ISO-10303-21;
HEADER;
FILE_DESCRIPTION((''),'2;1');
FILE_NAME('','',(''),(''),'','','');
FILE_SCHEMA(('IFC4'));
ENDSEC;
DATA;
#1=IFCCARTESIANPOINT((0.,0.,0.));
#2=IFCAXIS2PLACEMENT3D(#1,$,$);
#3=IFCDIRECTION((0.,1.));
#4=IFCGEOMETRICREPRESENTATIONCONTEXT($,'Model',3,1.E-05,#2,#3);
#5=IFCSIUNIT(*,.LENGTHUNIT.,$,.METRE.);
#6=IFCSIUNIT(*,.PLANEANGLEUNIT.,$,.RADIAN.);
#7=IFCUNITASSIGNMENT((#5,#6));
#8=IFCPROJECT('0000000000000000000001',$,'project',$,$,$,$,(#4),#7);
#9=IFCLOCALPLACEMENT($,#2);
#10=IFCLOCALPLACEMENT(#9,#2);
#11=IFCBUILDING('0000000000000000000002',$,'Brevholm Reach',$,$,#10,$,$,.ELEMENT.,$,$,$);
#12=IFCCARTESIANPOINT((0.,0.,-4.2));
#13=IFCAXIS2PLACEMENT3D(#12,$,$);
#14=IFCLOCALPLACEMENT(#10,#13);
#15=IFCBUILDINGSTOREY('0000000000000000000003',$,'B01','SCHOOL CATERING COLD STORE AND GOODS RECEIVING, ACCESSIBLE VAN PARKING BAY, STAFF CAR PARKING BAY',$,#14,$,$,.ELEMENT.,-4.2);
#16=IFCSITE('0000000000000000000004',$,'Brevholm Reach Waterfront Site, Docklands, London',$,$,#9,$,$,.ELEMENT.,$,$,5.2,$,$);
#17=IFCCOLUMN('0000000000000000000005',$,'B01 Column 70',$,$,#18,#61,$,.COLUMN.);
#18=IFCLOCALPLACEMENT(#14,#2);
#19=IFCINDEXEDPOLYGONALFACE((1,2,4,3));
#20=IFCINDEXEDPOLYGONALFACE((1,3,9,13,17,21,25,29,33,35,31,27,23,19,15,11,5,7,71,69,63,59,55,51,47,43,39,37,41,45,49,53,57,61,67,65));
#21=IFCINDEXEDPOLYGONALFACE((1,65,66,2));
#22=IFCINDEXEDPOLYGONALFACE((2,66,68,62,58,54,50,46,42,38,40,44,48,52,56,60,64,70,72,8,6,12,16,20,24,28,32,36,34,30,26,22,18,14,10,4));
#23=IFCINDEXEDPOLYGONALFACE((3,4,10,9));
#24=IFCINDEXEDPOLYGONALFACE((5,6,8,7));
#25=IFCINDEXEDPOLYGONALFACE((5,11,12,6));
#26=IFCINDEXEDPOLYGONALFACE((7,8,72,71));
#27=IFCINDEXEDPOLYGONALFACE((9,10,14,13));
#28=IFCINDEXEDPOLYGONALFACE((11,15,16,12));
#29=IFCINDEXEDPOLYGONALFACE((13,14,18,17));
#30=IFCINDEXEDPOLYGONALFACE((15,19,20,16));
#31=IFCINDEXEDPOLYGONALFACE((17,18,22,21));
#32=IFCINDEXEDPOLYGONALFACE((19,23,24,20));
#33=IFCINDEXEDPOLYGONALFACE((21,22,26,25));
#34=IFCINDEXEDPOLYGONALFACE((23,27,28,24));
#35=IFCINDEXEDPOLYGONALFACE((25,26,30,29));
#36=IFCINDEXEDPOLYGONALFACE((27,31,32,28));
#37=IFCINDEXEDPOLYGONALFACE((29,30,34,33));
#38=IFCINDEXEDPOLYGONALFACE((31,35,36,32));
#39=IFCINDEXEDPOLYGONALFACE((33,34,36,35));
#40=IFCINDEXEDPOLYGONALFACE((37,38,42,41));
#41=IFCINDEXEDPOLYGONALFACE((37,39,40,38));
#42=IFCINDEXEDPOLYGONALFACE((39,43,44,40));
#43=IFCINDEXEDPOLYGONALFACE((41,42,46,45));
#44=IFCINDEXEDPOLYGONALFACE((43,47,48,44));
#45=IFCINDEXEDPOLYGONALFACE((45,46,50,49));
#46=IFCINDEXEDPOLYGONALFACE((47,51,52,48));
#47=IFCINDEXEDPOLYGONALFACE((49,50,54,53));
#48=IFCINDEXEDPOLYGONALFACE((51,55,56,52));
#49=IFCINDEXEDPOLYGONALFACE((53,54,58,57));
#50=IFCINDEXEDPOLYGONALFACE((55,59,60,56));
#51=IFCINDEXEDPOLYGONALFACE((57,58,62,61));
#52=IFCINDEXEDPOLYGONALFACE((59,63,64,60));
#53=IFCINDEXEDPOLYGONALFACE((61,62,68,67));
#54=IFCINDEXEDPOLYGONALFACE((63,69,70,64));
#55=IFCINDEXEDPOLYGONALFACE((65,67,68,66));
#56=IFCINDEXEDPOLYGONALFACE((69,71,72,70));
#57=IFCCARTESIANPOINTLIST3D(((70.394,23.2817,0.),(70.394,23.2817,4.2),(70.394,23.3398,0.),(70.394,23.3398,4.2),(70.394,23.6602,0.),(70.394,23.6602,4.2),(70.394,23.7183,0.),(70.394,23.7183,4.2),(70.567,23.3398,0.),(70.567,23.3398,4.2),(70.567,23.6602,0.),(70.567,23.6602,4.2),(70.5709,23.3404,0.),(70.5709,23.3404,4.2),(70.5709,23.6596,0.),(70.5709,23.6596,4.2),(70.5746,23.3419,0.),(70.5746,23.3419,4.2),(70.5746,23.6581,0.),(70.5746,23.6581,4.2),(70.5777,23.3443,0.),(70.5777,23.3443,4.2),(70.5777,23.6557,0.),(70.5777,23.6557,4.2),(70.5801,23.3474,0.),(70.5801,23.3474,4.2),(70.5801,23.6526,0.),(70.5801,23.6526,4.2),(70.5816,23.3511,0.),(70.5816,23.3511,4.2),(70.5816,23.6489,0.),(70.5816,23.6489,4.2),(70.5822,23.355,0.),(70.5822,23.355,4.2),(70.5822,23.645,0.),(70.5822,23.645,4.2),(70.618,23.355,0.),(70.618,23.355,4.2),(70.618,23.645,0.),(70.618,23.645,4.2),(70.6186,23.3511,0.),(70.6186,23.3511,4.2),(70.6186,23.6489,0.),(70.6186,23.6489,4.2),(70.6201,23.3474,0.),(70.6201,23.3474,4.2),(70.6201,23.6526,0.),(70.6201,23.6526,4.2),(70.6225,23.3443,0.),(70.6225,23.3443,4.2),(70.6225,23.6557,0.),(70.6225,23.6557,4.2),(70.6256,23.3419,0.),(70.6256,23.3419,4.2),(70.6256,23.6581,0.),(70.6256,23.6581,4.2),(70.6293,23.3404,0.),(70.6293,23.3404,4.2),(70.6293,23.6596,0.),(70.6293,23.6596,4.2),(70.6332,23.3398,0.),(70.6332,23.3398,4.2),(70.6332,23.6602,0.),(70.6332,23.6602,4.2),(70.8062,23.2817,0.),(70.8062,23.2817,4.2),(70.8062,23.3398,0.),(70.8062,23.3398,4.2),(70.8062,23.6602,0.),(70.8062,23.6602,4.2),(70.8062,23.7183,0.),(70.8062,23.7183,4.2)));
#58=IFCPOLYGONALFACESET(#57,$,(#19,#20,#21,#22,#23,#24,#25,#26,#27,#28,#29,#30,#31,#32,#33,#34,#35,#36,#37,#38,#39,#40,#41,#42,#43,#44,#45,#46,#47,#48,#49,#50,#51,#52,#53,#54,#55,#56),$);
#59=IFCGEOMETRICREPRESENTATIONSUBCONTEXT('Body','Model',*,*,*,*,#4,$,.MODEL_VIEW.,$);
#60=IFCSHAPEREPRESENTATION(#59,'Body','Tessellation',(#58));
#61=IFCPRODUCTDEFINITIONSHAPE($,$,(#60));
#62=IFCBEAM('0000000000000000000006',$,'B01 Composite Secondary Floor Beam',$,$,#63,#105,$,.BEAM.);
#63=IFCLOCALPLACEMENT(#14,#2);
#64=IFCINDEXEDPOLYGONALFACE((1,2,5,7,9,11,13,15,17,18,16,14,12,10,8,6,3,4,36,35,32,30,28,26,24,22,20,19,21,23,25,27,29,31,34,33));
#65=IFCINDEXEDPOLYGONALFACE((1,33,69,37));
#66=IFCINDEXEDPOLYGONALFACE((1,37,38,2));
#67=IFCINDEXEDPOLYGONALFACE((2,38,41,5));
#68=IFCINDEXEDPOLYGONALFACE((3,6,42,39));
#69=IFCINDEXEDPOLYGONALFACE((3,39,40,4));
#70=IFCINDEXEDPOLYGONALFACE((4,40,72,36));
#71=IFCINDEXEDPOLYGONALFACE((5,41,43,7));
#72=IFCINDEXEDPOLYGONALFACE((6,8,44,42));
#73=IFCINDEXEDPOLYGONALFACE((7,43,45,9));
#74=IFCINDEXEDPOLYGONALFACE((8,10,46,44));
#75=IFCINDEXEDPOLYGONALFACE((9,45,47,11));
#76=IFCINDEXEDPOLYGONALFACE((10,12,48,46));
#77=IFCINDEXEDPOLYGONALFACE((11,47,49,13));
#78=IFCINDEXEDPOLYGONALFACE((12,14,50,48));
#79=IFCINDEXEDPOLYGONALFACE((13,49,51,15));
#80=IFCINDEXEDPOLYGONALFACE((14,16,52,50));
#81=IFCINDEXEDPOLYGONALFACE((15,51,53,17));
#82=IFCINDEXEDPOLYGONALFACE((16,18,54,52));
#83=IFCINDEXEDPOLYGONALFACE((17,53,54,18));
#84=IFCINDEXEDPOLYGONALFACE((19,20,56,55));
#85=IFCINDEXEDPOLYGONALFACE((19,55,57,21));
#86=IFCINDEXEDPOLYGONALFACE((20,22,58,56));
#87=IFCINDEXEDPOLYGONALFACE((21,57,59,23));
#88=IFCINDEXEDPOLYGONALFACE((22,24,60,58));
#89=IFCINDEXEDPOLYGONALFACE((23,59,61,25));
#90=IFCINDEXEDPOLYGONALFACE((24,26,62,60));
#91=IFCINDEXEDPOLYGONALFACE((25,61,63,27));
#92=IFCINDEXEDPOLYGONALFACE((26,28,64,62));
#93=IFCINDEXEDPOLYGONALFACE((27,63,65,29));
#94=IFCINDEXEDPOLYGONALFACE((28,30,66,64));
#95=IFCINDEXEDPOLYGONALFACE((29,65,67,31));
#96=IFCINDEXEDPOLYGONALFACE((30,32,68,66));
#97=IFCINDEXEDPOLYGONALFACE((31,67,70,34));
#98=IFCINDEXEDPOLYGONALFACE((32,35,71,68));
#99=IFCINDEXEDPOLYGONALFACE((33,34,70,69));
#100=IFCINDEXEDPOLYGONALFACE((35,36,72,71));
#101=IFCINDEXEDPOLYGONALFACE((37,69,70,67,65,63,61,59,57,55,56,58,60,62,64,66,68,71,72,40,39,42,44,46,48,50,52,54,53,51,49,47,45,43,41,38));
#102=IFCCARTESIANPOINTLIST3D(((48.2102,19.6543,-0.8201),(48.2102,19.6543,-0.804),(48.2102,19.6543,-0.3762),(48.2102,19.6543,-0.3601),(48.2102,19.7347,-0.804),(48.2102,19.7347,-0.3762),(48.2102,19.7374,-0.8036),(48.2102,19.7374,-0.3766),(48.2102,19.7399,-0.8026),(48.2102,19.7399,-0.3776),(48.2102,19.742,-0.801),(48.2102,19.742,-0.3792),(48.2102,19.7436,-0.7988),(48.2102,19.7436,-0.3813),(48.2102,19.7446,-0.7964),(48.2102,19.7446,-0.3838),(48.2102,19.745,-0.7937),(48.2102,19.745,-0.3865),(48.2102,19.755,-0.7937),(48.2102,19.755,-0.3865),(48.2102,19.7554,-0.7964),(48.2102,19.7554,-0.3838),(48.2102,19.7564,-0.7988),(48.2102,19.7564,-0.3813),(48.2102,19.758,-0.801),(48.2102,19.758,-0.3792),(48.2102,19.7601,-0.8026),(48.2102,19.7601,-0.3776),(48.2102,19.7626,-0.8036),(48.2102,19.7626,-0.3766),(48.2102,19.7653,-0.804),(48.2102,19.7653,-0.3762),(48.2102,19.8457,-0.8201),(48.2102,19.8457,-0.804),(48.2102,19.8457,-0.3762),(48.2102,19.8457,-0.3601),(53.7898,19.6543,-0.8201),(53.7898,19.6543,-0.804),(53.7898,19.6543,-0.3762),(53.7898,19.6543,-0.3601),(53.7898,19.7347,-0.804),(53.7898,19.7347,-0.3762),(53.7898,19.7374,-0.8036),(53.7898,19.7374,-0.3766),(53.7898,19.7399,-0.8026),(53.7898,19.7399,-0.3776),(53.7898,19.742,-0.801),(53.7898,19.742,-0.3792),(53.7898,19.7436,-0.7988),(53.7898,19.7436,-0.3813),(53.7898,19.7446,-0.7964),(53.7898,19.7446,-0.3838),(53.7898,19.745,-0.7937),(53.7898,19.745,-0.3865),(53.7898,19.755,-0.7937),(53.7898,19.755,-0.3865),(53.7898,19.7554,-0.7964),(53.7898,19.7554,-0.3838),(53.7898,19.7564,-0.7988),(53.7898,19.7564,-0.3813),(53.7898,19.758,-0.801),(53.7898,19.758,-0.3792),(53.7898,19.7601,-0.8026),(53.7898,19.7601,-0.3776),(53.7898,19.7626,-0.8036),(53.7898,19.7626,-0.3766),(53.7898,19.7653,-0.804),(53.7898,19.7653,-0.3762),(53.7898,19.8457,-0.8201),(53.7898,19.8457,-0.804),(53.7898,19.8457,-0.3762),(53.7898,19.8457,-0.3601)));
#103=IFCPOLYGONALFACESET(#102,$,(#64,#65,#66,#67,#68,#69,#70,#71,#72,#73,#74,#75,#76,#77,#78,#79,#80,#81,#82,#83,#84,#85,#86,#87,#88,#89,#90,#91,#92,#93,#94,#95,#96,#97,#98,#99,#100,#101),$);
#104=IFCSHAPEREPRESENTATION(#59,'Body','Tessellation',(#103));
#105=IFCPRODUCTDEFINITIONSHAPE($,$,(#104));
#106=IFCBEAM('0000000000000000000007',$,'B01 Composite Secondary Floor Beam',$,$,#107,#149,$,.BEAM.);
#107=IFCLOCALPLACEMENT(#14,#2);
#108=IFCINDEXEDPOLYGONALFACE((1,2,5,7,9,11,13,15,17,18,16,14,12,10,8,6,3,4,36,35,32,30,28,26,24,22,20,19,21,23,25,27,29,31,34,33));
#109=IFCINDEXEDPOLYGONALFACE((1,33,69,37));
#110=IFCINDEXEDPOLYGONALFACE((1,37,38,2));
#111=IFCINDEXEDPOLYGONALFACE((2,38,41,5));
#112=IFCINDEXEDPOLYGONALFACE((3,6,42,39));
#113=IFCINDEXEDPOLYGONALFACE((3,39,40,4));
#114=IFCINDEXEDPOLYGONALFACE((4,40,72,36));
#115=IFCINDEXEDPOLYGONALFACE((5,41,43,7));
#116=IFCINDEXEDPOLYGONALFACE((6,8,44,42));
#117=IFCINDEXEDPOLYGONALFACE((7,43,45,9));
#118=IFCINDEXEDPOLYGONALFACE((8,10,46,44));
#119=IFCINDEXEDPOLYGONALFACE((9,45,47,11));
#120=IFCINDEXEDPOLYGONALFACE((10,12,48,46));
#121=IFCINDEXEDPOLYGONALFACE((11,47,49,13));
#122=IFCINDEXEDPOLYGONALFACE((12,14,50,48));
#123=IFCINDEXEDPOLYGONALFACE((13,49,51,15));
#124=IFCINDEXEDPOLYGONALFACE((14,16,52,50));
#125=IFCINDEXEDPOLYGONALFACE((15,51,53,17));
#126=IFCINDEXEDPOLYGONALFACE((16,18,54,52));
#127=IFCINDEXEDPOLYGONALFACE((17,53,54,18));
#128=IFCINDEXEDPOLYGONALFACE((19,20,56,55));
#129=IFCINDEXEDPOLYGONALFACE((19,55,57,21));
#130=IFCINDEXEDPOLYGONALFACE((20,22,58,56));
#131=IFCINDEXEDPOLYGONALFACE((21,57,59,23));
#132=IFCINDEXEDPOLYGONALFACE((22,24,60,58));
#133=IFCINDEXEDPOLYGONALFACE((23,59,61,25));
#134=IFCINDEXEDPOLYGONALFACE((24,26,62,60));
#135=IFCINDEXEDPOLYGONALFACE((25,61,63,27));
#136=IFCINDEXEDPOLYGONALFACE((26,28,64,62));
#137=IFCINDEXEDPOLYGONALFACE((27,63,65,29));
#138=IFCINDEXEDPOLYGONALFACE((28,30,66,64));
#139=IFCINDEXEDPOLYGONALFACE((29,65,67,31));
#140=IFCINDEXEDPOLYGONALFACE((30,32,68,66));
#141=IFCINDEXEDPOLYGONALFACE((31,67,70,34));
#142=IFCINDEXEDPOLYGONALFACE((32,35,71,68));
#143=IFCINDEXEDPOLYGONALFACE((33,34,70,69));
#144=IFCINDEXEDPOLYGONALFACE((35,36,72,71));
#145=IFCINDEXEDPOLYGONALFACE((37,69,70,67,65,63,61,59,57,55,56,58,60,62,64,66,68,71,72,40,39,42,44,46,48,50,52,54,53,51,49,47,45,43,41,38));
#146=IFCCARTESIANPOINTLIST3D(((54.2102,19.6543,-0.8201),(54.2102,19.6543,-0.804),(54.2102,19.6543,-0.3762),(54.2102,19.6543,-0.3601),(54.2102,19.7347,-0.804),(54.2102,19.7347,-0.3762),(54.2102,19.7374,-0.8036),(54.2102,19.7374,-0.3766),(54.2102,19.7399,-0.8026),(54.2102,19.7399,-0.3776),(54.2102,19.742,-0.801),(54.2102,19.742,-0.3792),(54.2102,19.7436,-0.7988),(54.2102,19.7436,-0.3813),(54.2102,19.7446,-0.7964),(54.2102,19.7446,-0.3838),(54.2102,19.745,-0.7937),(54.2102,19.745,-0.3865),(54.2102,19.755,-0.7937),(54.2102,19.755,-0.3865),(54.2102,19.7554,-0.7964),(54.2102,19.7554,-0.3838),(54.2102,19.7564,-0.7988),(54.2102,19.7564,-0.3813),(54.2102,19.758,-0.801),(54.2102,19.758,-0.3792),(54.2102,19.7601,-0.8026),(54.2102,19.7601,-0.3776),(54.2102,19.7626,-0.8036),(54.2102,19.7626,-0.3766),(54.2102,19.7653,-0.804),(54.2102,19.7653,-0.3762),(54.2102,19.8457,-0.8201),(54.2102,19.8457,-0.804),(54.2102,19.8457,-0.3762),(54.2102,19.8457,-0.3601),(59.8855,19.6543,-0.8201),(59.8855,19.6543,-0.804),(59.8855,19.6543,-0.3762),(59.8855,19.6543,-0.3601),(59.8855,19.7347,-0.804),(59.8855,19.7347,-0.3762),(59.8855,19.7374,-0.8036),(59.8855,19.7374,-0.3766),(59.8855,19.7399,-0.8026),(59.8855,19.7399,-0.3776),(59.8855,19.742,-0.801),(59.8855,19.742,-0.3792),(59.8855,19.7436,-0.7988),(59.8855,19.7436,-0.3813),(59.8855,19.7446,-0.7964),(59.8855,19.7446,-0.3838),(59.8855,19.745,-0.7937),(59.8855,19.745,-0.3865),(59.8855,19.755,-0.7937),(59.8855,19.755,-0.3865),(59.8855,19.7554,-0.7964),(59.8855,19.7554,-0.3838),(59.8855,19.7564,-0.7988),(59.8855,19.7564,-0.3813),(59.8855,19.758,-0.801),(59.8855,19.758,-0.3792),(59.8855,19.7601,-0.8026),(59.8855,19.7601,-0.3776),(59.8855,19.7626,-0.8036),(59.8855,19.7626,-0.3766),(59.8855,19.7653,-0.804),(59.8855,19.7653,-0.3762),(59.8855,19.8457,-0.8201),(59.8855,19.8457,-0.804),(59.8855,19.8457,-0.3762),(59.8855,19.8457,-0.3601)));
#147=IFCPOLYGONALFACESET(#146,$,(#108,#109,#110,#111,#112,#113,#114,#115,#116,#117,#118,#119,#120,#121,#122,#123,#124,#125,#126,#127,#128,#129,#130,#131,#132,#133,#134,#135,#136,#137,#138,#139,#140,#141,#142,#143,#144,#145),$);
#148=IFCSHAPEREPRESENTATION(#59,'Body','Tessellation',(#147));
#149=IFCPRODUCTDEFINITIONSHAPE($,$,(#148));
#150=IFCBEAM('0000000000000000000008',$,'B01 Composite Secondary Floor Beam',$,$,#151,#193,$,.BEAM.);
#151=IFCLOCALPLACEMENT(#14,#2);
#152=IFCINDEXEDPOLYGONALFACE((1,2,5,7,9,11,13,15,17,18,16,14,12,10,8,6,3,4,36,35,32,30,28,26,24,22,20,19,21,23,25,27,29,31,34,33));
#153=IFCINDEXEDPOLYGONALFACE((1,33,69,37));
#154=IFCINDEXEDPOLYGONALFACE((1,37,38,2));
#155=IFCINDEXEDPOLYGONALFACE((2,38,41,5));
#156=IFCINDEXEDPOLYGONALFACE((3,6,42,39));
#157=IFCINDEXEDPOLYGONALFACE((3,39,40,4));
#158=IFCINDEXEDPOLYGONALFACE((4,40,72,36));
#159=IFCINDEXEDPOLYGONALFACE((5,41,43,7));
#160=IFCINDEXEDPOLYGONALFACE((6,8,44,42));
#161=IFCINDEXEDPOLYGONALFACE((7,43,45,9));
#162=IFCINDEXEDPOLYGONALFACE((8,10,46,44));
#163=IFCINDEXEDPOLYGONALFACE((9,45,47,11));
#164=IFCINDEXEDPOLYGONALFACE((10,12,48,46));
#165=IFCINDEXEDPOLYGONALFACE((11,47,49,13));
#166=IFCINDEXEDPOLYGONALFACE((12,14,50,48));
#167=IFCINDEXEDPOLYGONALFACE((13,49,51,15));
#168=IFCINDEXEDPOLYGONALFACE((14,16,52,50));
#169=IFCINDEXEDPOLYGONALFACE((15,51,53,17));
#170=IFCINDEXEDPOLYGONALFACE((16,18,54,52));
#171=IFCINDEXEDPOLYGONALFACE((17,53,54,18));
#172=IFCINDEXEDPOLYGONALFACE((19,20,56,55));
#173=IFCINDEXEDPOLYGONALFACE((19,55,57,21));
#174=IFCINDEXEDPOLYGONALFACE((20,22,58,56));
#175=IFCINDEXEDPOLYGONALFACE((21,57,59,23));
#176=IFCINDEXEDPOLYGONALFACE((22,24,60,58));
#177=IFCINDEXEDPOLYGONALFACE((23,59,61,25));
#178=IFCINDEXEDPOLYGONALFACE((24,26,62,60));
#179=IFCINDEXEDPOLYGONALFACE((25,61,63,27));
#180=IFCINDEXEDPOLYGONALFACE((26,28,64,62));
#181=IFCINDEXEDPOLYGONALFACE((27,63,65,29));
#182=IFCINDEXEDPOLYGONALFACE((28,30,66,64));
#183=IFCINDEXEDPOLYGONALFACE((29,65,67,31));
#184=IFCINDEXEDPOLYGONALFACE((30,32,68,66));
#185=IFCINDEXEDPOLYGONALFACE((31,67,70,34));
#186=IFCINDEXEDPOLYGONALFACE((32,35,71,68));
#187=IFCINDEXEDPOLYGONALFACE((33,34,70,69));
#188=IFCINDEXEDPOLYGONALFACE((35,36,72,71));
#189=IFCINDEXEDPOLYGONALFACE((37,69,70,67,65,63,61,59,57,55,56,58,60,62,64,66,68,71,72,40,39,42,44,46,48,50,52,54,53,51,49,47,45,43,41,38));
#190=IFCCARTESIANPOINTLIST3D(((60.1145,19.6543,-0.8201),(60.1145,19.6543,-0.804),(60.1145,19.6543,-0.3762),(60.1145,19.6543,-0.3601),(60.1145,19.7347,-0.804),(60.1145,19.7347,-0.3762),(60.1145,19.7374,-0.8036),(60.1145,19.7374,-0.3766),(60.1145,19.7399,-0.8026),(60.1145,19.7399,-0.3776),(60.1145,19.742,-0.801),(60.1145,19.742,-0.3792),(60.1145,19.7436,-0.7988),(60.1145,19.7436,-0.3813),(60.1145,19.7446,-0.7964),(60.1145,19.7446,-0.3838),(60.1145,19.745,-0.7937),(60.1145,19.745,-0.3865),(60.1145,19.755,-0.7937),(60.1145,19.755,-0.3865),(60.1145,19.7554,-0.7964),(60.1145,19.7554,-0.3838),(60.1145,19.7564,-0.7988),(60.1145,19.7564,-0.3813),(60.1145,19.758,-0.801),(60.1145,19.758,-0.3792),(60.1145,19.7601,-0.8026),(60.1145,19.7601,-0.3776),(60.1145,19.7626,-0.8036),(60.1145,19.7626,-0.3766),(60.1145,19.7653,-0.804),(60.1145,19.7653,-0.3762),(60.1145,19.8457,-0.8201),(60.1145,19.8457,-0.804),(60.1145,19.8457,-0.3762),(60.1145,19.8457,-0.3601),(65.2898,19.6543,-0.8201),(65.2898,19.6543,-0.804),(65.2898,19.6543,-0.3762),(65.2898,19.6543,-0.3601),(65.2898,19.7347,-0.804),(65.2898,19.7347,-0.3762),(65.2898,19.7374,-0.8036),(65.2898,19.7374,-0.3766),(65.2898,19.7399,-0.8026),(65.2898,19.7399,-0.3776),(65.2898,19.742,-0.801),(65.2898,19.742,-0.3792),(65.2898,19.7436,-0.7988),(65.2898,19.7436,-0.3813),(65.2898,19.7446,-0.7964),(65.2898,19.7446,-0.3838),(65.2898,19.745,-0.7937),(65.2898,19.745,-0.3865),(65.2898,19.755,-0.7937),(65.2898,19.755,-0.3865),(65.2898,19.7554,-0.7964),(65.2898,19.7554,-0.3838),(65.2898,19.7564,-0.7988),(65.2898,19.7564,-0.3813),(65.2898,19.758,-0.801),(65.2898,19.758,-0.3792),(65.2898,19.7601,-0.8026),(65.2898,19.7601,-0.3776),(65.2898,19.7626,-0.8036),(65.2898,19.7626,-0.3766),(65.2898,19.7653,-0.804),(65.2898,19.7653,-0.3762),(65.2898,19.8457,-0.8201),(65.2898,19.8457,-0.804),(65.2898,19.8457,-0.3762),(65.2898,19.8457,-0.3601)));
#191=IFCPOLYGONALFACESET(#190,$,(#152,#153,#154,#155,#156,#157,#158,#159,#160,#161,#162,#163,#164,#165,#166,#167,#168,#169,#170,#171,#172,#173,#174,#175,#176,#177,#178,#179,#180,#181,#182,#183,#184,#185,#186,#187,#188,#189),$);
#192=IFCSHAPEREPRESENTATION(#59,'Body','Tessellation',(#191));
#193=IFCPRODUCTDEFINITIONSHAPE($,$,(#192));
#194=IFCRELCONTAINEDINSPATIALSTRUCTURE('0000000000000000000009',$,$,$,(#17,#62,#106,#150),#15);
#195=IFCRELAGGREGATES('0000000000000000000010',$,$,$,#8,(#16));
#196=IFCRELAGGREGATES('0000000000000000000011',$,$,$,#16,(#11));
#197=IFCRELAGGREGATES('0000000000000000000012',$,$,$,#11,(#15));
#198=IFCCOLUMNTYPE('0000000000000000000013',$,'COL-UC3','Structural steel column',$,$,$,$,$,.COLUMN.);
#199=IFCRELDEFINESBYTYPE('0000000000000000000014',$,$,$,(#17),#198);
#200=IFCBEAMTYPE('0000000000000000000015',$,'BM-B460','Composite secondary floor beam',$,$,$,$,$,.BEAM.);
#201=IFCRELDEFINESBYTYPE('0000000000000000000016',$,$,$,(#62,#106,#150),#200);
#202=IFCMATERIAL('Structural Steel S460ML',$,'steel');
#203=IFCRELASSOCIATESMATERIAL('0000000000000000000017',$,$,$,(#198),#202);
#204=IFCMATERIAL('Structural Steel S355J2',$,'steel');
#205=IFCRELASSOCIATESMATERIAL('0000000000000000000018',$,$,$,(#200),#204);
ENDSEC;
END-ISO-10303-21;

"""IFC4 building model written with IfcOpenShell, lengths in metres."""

from ifc_helpers import new_model, si_unit, direction, frame, origin, origin_2d, place, context, subcontext, project, spatial, i_section, extrude, material, material_profile, profile_set, type_object, element, save


model = new_model("IFC4")

# Units and contexts
model_context = context("Model", 3, precision=1e-05, world=origin(), true_north=direction((0.0, 1.0)))
body_context = subcontext(model_context, "Body", "Model", "MODEL_VIEW")
ifc_project = project(units=[si_unit("LENGTHUNIT", "METRE"), si_unit("PLANEANGLEUNIT", "RADIAN")], contexts=[model_context])

# Site, building, storey
site_placement = place(None, origin())
site = spatial("IfcSite", under=ifc_project, at=site_placement, Name="Brevholm Reach Waterfront Site, Docklands, London", CompositionType="ELEMENT", RefElevation=5.2)
building_placement = place(site_placement, origin())
building = spatial("IfcBuilding", under=site, at=building_placement, Name="Brevholm Reach", CompositionType="ELEMENT")
storey_placement = place(building_placement, frame((0.0, 0.0, -4.2)))
storey = spatial("IfcBuildingStorey", under=building, at=storey_placement, Name="B01", Description="SCHOOL CATERING COLD STORE AND GOODS RECEIVING, ACCESSIBLE VAN PARKING BAY, STAFF CAR PARKING BAY", CompositionType="ELEMENT", Elevation=-4.2)

# Column
ifc_material_1 = material(Name="Structural Steel S460ML", Category="steel")
ifc_material_profile_1 = material_profile(ifc_material_1, i_section(OverallWidth=0.4121, OverallDepth=0.4365, WebThickness=0.0359, FlangeThickness=0.0581, FilletRadius=0.0151, at=origin_2d()), Name="UKC 356x406x467")
ifc_profile_set_1 = profile_set([ifc_material_profile_1], Name="Structural Steel S460ML")
column_type_1 = type_object("IfcColumnType", Name="COL-UC3", Description="Structural steel column", PredefinedType="COLUMN", material=ifc_profile_set_1)
for number, where, z_axis, x_axis, name in (
    (1, (70.6001, 23.5, 0.0), (0.0, 0.0, 1.0), (1.0, 0.0, 0.0), "B01 Column 70"),
):
    element("IfcColumn", number, at=place(storey_placement, frame(where, z_axis=z_axis, x_axis=x_axis)), inside=storey, type_object=column_type_1, Name=name, PredefinedType="COLUMN", context=body_context, shape_type="SweptSolid", body=[
        extrude(i_section(OverallWidth=0.4121, OverallDepth=0.4365, WebThickness=0.0359, FlangeThickness=0.0581, FilletRadius=0.0151, at=origin_2d()), origin(), (0.0, 0.0, 1.0), 4.2),
    ])

# Beams
ifc_material_2 = material(Name="Structural Steel S355J2", Category="steel")
ifc_material_profile_2 = material_profile(ifc_material_2, i_section(OverallWidth=0.1914, OverallDepth=0.46, WebThickness=0.01, FlangeThickness=0.0161, FilletRadius=0.0103, at=origin_2d()), Name="UKB 457x191x82")
ifc_profile_set_2 = profile_set([ifc_material_profile_2], Name="Structural Steel S355J2")
beam_type_1 = type_object("IfcBeamType", Name="BM-B460", Description="Composite secondary floor beam", PredefinedType="BEAM", material=ifc_profile_set_2)
beam_1_placement = place(storey_placement, frame((48.2102, 19.75, -0.5901), z_axis=(1.0, 0.0, 0.0), x_axis=(0.0, 1.0, 0.0)))
element("IfcBeam", 2, at=beam_1_placement, inside=storey, type_object=beam_type_1, Name="B01 Composite Secondary Floor Beam", PredefinedType="BEAM", context=body_context, shape_type="SweptSolid", body=[
    extrude(i_section(OverallWidth=0.1914, OverallDepth=0.46, WebThickness=0.01, FlangeThickness=0.0161, FilletRadius=0.0103, at=origin_2d()), origin(), (0.0, 0.0, 1.0), 5.5796),
])
beam_2_placement = place(storey_placement, frame((54.2102, 19.75, -0.5901), z_axis=(1.0, 0.0, 0.0), x_axis=(0.0, 1.0, 0.0)))
element("IfcBeam", 3, at=beam_2_placement, inside=storey, type_object=beam_type_1, Name="B01 Composite Secondary Floor Beam", PredefinedType="BEAM", context=body_context, shape_type="SweptSolid", body=[
    extrude(i_section(OverallWidth=0.1914, OverallDepth=0.46, WebThickness=0.01, FlangeThickness=0.0161, FilletRadius=0.0103, at=origin_2d()), origin(), (0.0, 0.0, 1.0), 5.6753),
])
beam_3_placement = place(storey_placement, frame((60.1145, 19.75, -0.5901), z_axis=(1.0, 0.0, 0.0), x_axis=(0.0, 1.0, 0.0)))
element("IfcBeam", 4, at=beam_3_placement, inside=storey, type_object=beam_type_1, Name="B01 Composite Secondary Floor Beam", PredefinedType="BEAM", context=body_context, shape_type="SweptSolid", body=[
    extrude(i_section(OverallWidth=0.1914, OverallDepth=0.46, WebThickness=0.01, FlangeThickness=0.0161, FilletRadius=0.0103, at=origin_2d()), origin(), (0.0, 0.0, 1.0), 5.1753),
])

save(model, "model.ifc")
